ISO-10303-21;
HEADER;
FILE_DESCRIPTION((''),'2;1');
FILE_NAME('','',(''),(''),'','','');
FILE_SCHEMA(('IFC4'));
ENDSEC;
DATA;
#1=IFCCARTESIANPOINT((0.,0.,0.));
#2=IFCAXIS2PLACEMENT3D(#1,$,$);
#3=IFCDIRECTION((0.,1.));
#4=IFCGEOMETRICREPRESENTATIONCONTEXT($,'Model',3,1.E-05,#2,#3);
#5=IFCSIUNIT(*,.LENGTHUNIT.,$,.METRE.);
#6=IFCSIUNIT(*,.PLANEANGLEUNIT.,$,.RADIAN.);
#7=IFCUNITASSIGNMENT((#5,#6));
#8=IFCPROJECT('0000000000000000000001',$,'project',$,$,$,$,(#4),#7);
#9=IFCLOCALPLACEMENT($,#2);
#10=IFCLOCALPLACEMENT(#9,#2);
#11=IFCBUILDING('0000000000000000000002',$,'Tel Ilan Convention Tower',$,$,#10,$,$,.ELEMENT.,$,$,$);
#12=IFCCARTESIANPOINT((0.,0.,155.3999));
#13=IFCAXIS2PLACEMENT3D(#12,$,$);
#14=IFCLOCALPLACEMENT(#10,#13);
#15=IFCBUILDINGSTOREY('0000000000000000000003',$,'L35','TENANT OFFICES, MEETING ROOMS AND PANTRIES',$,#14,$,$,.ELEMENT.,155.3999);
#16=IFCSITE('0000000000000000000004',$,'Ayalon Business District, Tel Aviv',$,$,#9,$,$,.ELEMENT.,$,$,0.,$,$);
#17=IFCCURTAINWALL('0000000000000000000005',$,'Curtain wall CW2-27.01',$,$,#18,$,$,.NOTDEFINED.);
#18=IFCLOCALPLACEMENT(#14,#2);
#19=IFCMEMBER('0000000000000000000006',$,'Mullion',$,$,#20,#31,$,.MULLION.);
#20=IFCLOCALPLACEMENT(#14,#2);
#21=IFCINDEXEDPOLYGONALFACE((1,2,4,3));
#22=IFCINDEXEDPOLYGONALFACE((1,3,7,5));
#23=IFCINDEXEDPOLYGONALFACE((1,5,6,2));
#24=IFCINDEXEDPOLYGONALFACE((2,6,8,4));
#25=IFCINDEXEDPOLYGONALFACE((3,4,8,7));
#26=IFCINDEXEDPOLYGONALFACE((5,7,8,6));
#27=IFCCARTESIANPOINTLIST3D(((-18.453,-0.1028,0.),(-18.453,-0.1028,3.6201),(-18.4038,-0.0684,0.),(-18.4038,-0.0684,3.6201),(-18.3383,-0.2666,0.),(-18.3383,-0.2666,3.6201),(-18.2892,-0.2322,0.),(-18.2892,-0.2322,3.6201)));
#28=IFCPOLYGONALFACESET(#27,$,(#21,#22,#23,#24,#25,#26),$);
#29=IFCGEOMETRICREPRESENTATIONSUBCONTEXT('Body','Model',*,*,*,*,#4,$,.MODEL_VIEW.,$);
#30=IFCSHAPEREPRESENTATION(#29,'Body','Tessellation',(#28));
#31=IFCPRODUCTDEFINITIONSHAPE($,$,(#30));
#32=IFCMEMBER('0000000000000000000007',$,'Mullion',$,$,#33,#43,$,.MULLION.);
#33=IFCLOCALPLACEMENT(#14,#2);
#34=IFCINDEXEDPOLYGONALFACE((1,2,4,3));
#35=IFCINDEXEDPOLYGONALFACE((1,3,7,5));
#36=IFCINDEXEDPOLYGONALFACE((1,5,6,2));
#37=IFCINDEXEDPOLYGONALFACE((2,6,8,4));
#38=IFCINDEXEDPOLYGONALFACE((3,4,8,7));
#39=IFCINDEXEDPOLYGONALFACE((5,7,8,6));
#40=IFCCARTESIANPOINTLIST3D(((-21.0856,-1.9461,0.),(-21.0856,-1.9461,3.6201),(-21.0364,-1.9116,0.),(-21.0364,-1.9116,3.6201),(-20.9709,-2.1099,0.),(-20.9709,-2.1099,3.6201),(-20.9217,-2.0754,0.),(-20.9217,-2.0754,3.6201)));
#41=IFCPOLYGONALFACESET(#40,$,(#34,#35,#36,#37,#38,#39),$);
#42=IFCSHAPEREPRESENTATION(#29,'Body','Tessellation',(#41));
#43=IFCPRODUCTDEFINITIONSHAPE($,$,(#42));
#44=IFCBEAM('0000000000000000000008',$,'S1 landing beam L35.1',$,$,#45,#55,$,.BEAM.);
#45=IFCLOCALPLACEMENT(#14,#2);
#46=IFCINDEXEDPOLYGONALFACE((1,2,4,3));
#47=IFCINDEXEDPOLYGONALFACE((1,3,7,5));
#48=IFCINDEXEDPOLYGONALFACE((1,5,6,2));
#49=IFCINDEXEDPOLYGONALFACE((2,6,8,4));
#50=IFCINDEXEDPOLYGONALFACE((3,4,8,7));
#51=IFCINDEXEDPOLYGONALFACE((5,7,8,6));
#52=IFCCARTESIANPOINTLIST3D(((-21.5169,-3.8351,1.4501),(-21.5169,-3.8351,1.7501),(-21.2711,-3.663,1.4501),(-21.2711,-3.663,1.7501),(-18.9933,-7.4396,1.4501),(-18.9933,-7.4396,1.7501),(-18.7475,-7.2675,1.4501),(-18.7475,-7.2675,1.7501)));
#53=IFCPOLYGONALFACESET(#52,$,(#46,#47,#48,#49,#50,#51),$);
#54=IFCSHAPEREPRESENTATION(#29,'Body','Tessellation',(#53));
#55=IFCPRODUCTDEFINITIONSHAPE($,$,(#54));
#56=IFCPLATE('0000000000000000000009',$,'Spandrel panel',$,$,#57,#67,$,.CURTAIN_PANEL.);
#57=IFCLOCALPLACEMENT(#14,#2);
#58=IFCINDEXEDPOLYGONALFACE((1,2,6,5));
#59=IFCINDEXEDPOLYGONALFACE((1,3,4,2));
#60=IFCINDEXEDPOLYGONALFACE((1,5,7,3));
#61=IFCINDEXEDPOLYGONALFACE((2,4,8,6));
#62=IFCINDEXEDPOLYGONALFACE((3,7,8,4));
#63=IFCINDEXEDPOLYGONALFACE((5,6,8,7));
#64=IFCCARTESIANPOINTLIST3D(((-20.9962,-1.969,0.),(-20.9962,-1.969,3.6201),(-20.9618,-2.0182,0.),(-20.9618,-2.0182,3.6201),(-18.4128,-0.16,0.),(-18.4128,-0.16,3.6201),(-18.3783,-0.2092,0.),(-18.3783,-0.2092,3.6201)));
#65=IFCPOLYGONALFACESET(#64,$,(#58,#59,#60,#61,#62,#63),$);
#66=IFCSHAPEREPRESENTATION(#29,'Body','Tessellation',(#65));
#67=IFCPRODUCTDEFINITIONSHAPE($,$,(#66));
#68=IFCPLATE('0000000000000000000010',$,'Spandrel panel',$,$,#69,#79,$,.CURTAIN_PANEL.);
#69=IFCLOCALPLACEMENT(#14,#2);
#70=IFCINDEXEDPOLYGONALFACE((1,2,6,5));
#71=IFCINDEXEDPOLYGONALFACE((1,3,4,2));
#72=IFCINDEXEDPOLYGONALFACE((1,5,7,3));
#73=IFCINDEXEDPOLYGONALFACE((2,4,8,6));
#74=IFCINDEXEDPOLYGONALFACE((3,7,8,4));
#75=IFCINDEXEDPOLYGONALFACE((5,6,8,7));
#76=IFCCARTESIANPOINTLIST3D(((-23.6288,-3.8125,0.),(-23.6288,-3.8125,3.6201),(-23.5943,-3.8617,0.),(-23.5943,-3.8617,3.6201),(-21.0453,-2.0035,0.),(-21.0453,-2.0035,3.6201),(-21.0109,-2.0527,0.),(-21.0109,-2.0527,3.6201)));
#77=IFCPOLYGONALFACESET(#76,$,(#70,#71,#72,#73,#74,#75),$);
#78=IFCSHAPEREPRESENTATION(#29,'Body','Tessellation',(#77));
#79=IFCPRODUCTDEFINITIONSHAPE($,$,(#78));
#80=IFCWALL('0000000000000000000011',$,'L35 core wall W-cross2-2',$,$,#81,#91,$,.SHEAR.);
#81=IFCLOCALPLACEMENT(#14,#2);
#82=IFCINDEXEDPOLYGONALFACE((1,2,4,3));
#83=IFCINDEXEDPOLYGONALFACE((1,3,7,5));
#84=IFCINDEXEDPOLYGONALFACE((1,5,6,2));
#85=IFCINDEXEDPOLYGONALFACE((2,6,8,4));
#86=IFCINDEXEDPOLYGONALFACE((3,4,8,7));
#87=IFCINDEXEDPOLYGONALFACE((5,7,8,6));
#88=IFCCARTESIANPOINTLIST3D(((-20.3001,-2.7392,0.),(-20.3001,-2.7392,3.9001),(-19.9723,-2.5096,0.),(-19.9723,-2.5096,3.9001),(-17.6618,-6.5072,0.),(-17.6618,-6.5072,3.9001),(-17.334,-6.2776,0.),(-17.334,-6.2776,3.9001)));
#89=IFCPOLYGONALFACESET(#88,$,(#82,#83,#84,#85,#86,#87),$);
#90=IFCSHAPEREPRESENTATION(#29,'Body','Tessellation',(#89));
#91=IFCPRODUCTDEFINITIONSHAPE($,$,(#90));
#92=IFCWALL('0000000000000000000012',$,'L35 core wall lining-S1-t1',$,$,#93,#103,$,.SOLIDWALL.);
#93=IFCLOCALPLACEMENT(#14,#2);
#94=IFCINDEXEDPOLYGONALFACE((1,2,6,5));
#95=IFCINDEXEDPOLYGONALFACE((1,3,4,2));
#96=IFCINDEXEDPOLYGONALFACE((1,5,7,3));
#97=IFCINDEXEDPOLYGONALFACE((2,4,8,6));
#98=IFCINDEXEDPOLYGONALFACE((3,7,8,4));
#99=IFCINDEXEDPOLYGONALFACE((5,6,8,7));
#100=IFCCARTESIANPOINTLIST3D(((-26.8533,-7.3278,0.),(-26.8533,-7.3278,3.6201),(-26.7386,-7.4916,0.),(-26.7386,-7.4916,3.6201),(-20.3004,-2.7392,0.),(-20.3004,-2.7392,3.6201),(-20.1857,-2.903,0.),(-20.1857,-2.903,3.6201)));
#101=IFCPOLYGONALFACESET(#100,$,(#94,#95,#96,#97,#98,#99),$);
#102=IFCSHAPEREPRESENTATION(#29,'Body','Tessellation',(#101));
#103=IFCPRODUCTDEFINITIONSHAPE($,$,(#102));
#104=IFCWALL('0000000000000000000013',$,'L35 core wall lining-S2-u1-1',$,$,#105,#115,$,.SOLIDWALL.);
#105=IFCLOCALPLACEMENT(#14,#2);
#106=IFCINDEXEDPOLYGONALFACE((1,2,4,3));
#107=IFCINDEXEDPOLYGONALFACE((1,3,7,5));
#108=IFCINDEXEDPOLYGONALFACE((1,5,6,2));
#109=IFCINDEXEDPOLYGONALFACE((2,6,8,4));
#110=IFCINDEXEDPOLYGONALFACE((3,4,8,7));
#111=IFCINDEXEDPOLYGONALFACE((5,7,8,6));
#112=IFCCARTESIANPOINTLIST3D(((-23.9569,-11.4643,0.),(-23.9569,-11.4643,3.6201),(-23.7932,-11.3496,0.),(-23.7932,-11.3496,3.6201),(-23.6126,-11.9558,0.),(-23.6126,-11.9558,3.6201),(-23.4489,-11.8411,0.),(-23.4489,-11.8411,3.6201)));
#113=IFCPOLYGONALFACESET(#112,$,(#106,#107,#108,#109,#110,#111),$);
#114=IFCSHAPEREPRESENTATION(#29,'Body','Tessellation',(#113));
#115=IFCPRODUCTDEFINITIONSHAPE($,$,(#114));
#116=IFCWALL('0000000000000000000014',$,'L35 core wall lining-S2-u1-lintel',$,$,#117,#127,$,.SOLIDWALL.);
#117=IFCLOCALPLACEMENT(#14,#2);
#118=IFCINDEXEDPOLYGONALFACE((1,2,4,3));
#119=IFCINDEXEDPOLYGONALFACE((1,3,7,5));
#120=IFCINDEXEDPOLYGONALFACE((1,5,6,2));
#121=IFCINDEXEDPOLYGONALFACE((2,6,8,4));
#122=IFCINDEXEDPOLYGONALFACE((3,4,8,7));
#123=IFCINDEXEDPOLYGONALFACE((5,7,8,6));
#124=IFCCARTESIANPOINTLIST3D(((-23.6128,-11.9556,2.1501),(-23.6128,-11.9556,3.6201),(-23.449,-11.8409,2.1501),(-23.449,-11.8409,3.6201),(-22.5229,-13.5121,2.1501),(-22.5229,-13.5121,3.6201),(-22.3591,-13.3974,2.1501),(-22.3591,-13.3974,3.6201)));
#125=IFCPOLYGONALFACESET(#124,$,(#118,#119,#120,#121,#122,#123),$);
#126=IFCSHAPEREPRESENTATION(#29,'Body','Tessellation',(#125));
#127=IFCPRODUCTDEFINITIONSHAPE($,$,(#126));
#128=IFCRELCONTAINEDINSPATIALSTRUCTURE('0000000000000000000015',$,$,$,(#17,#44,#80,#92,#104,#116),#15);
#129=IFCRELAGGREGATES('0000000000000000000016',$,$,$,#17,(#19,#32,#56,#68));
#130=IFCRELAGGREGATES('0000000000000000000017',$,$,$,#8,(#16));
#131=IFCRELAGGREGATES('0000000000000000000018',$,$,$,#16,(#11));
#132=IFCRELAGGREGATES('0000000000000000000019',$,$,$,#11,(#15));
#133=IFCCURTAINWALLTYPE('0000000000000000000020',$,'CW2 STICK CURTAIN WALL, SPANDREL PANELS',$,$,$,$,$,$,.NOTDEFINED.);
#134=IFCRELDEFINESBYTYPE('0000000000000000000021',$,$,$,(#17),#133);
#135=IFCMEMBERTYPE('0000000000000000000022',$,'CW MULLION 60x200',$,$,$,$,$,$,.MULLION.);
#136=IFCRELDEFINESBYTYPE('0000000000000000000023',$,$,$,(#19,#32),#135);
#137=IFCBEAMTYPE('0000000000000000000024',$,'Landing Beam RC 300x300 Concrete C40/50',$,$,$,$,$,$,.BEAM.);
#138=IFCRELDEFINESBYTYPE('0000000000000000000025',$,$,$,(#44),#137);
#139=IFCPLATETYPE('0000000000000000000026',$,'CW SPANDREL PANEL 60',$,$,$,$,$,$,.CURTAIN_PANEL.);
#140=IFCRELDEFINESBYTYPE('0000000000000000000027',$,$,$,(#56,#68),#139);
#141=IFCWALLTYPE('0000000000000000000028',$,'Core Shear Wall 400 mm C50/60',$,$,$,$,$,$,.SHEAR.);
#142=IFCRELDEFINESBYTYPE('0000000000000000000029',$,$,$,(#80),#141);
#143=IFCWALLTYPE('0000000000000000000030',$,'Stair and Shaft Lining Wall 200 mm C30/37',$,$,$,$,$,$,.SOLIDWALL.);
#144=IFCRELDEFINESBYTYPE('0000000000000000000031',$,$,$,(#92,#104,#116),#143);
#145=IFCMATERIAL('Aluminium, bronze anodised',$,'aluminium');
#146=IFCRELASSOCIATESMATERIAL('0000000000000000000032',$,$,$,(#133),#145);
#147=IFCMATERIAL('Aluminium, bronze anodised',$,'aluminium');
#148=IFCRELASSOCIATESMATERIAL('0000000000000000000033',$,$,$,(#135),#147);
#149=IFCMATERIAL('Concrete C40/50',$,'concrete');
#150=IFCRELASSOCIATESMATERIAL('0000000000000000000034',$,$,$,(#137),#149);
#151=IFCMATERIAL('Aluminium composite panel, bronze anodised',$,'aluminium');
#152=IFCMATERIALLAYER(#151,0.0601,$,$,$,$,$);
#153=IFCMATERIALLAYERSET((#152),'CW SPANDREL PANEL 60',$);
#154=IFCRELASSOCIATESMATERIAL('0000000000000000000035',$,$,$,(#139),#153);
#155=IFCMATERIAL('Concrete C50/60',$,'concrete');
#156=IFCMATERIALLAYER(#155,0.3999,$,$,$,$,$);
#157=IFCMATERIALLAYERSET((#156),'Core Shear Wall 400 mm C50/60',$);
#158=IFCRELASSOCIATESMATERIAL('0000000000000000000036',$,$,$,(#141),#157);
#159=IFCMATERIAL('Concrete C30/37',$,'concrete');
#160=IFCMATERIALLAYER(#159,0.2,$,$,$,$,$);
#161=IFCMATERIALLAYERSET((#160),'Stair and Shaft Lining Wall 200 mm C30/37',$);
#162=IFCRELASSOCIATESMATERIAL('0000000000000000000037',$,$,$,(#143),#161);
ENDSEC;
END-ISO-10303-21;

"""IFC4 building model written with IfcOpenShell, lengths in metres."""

from ifc_helpers import new_model, si_unit, direction, frame, frame_2d, origin, origin_2d, place, context, subcontext, project, spatial, polyline, rectangle, outline, extrude, material, layer, layer_set, material_profile, profile_set, type_object, element, aggregate, save


model = new_model("IFC4")

# Units and contexts
model_context = context("Model", 3, precision=1e-05, world=origin(), true_north=direction((0.0, 1.0)))
body_context = subcontext(model_context, "Body", "Model", "MODEL_VIEW")
ifc_project = project(units=[si_unit("LENGTHUNIT", "METRE"), si_unit("PLANEANGLEUNIT", "RADIAN")], contexts=[model_context])

# Site, building, storey
site_placement = place(None, origin())
site = spatial("IfcSite", under=ifc_project, at=site_placement, Name="Ayalon Business District, Tel Aviv", CompositionType="ELEMENT", RefElevation=0.0)
building_placement = place(site_placement, origin())
building = spatial("IfcBuilding", under=site, at=building_placement, Name="Tel Ilan Convention Tower", CompositionType="ELEMENT")
storey_placement = place(building_placement, frame((0.0, 0.0, 155.3999)))
storey = spatial("IfcBuildingStorey", under=building, at=storey_placement, Name="L35", Description="TENANT OFFICES, MEETING ROOMS AND PANTRIES", CompositionType="ELEMENT", Elevation=155.3999)

# Curtain wall, members
ifc_material_1 = material(Name="Aluminium, bronze anodised", Category="aluminium")
curtain_wall_type = type_object("IfcCurtainWallType", Name="CW2 STICK CURTAIN WALL, SPANDREL PANELS", PredefinedType="NOTDEFINED", material=ifc_material_1)
curtain_wall_placement = place(storey_placement, origin())
curtain_wall = element("IfcCurtainWall", 1, at=curtain_wall_placement, inside=storey, type_object=curtain_wall_type, Name="Curtain wall CW2-27.01", PredefinedType="NOTDEFINED")
ifc_material_2 = material(Name="Aluminium, bronze anodised", Category="aluminium")
ifc_material_profile_1 = material_profile(ifc_material_2, rectangle(XDim=0.0601, YDim=0.2, at=origin_2d()), Name="CW MULLION 60x200")
ifc_profile_set_1 = profile_set([ifc_material_profile_1], Name="Aluminium, bronze anodised")
member_type = type_object("IfcMemberType", Name="CW MULLION 60x200", PredefinedType="MULLION", material=ifc_profile_set_1)
member_1_placement = place(storey_placement, frame((-18.3711, -0.1675, 0.0), z_axis=(0.0, 0.0, 1.0), x_axis=(-0.819152, -0.573576, 0.0)))
member_1 = element("IfcMember", 2, at=member_1_placement, type_object=member_type, Name="Mullion", PredefinedType="MULLION", context=body_context, shape_type="SweptSolid", body=[
    extrude(rectangle(XDim=0.0601, YDim=0.2, at=origin_2d()), origin(), (0.0, 0.0, 1.0), 3.6201),
])
member_2_placement = place(storey_placement, frame((-21.0037, -2.0107, 0.0), z_axis=(0.0, 0.0, 1.0), x_axis=(-0.819152, -0.573576, 0.0)))
member_2 = element("IfcMember", 3, at=member_2_placement, type_object=member_type, Name="Mullion", PredefinedType="MULLION", context=body_context, shape_type="SweptSolid", body=[
    extrude(rectangle(XDim=0.0601, YDim=0.2, at=origin_2d()), origin(), (0.0, 0.0, 1.0), 3.6201),
])

# Beam
ifc_material_3 = material(Name="Concrete C40/50", Category="concrete")
ifc_material_profile_2 = material_profile(ifc_material_3, rectangle(XDim=0.3, YDim=0.3, at=origin_2d()), Name="RC 300x300")
ifc_profile_set_2 = profile_set([ifc_material_profile_2], Name="Concrete C40/50")
beam_type = type_object("IfcBeamType", Name="Landing Beam RC 300x300 Concrete C40/50", PredefinedType="BEAM", material=ifc_profile_set_2)
beam_placement = place(storey_placement, frame((-18.8704, -7.3535, 1.6001), z_axis=(-0.573544, 0.819175, 0.0), x_axis=(-0.819175, -0.573544, 0.0)))
element("IfcBeam", 4, at=beam_placement, inside=storey, type_object=beam_type, Name="S1 landing beam L35.1", PredefinedType="BEAM", context=body_context, shape_type="SweptSolid", body=[
    extrude(rectangle(XDim=0.3, YDim=0.3, at=origin_2d()), origin(), (0.0, 0.0, 1.0), 4.4001),
])

# Plates
ifc_material_4 = material(Name="Aluminium composite panel, bronze anodised", Category="aluminium")
ifc_layer_1 = layer(ifc_material_4, 0.0601)
ifc_layer_set_1 = layer_set([ifc_layer_1], Name="CW SPANDREL PANEL 60")
plate_type = type_object("IfcPlateType", Name="CW SPANDREL PANEL 60", PredefinedType="CURTAIN_PANEL", material=ifc_layer_set_1)
plate_1_placement = place(storey_placement, frame((-19.6873, -1.0891, 0.0), z_axis=(0.0, 0.0, 1.0), x_axis=(-0.819152, -0.573576, 0.0)))
plate_1 = element("IfcPlate", 5, at=plate_1_placement, type_object=plate_type, Name="Spandrel panel", PredefinedType="CURTAIN_PANEL", context=body_context, shape_type="SweptSolid", body=[
    extrude(rectangle(XDim=3.1538, YDim=0.0601, at=origin_2d()), origin(), (0.0, 0.0, 1.0), 3.6201),
])
plate_2_placement = place(storey_placement, frame((-22.3198, -2.9326, 0.0), z_axis=(0.0, 0.0, 1.0), x_axis=(-0.819152, -0.573576, 0.0)))
plate_2 = element("IfcPlate", 6, at=plate_2_placement, type_object=plate_type, Name="Spandrel panel", PredefinedType="CURTAIN_PANEL", context=body_context, shape_type="SweptSolid", body=[
    extrude(rectangle(XDim=3.1538, YDim=0.0601, at=origin_2d()), origin(), (0.0, 0.0, 1.0), 3.6201),
])
aggregate(curtain_wall, [member_1, member_2, plate_1, plate_2])

# Walls
ifc_material_5 = material(Name="Concrete C50/60", Category="concrete")
ifc_layer_2 = layer(ifc_material_5, 0.3999)
ifc_layer_set_2 = layer_set([ifc_layer_2], Name="Core Shear Wall 400 mm C50/60")
wall_type_1 = type_object("IfcWallType", Name="Core Shear Wall 400 mm C50/60", PredefinedType="SHEAR", material=ifc_layer_set_2)
wall_1_placement = place(storey_placement, frame((-17.4978, -6.3923, 0.0), z_axis=(0.0, 0.0, 1.0), x_axis=(-0.573612, 0.819127, 0.0)))
element("IfcWall", 7, at=wall_1_placement, inside=storey, type_object=wall_type_1, Name="L35 core wall W-cross2-2", PredefinedType="SHEAR", context=body_context, shape_type="SweptSolid", body=[
    extrude(outline(polyline([(4.5999, -0.2002), (4.5999, 0.2), (0.0, 0.2002), (0.0, -0.2), (4.5999, -0.2002)])), origin(), (0.0, 0.0, 1.0), 3.9001),
])
ifc_material_6 = material(Name="Concrete C30/37", Category="concrete")
ifc_layer_3 = layer(ifc_material_6, 0.2)
ifc_layer_set_3 = layer_set([ifc_layer_3], Name="Stair and Shaft Lining Wall 200 mm C30/37")
wall_type_2 = type_object("IfcWallType", Name="Stair and Shaft Lining Wall 200 mm C30/37", PredefinedType="SOLIDWALL", material=ifc_layer_set_3)
wall_2_placement = place(storey_placement, frame((-20.2429, -2.821, 0.0), z_axis=(0.0, 0.0, 1.0), x_axis=(-0.819142, -0.573591, 0.0)))
element("IfcWall", 8, at=wall_2_placement, inside=storey, type_object=wall_type_2, Name="L35 core wall lining-S1-t1", PredefinedType="SOLIDWALL", context=body_context, shape_type="SweptSolid", body=[
    extrude(rectangle(XDim=7.9998, YDim=0.2, at=frame_2d((4.0, 0.0))), origin(), (0.0, 0.0, 1.0), 3.6201),
])
wall_3_placement = place(storey_placement, frame((-23.5308, -11.8984, 0.0), z_axis=(0.0, 0.0, 1.0), x_axis=(-0.573708, 0.81906, 0.0)))
element("IfcWall", 9, at=wall_3_placement, inside=storey, type_object=wall_type_2, Name="L35 core wall lining-S2-u1-1", PredefinedType="SOLIDWALL", context=body_context, shape_type="SweptSolid", body=[
    extrude(rectangle(XDim=0.6001, YDim=0.2, at=frame_2d((0.3, 0.0))), origin(), (0.0, 0.0, 1.0), 3.6201),
])
wall_4_placement = place(storey_placement, frame((-22.4409, -13.4548, 2.1501), z_axis=(0.0, 0.0, 1.0), x_axis=(-0.573592, 0.819141, 0.0)))
element("IfcWall", 10, at=wall_4_placement, inside=storey, type_object=wall_type_2, Name="L35 core wall lining-S2-u1-lintel", PredefinedType="SOLIDWALL", context=body_context, shape_type="SweptSolid", body=[
    extrude(rectangle(XDim=1.9001, YDim=0.2, at=frame_2d((0.9502, 0.0))), origin(), (0.0, 0.0, 1.0), 1.47),
])

save(model, "model.ifc")
